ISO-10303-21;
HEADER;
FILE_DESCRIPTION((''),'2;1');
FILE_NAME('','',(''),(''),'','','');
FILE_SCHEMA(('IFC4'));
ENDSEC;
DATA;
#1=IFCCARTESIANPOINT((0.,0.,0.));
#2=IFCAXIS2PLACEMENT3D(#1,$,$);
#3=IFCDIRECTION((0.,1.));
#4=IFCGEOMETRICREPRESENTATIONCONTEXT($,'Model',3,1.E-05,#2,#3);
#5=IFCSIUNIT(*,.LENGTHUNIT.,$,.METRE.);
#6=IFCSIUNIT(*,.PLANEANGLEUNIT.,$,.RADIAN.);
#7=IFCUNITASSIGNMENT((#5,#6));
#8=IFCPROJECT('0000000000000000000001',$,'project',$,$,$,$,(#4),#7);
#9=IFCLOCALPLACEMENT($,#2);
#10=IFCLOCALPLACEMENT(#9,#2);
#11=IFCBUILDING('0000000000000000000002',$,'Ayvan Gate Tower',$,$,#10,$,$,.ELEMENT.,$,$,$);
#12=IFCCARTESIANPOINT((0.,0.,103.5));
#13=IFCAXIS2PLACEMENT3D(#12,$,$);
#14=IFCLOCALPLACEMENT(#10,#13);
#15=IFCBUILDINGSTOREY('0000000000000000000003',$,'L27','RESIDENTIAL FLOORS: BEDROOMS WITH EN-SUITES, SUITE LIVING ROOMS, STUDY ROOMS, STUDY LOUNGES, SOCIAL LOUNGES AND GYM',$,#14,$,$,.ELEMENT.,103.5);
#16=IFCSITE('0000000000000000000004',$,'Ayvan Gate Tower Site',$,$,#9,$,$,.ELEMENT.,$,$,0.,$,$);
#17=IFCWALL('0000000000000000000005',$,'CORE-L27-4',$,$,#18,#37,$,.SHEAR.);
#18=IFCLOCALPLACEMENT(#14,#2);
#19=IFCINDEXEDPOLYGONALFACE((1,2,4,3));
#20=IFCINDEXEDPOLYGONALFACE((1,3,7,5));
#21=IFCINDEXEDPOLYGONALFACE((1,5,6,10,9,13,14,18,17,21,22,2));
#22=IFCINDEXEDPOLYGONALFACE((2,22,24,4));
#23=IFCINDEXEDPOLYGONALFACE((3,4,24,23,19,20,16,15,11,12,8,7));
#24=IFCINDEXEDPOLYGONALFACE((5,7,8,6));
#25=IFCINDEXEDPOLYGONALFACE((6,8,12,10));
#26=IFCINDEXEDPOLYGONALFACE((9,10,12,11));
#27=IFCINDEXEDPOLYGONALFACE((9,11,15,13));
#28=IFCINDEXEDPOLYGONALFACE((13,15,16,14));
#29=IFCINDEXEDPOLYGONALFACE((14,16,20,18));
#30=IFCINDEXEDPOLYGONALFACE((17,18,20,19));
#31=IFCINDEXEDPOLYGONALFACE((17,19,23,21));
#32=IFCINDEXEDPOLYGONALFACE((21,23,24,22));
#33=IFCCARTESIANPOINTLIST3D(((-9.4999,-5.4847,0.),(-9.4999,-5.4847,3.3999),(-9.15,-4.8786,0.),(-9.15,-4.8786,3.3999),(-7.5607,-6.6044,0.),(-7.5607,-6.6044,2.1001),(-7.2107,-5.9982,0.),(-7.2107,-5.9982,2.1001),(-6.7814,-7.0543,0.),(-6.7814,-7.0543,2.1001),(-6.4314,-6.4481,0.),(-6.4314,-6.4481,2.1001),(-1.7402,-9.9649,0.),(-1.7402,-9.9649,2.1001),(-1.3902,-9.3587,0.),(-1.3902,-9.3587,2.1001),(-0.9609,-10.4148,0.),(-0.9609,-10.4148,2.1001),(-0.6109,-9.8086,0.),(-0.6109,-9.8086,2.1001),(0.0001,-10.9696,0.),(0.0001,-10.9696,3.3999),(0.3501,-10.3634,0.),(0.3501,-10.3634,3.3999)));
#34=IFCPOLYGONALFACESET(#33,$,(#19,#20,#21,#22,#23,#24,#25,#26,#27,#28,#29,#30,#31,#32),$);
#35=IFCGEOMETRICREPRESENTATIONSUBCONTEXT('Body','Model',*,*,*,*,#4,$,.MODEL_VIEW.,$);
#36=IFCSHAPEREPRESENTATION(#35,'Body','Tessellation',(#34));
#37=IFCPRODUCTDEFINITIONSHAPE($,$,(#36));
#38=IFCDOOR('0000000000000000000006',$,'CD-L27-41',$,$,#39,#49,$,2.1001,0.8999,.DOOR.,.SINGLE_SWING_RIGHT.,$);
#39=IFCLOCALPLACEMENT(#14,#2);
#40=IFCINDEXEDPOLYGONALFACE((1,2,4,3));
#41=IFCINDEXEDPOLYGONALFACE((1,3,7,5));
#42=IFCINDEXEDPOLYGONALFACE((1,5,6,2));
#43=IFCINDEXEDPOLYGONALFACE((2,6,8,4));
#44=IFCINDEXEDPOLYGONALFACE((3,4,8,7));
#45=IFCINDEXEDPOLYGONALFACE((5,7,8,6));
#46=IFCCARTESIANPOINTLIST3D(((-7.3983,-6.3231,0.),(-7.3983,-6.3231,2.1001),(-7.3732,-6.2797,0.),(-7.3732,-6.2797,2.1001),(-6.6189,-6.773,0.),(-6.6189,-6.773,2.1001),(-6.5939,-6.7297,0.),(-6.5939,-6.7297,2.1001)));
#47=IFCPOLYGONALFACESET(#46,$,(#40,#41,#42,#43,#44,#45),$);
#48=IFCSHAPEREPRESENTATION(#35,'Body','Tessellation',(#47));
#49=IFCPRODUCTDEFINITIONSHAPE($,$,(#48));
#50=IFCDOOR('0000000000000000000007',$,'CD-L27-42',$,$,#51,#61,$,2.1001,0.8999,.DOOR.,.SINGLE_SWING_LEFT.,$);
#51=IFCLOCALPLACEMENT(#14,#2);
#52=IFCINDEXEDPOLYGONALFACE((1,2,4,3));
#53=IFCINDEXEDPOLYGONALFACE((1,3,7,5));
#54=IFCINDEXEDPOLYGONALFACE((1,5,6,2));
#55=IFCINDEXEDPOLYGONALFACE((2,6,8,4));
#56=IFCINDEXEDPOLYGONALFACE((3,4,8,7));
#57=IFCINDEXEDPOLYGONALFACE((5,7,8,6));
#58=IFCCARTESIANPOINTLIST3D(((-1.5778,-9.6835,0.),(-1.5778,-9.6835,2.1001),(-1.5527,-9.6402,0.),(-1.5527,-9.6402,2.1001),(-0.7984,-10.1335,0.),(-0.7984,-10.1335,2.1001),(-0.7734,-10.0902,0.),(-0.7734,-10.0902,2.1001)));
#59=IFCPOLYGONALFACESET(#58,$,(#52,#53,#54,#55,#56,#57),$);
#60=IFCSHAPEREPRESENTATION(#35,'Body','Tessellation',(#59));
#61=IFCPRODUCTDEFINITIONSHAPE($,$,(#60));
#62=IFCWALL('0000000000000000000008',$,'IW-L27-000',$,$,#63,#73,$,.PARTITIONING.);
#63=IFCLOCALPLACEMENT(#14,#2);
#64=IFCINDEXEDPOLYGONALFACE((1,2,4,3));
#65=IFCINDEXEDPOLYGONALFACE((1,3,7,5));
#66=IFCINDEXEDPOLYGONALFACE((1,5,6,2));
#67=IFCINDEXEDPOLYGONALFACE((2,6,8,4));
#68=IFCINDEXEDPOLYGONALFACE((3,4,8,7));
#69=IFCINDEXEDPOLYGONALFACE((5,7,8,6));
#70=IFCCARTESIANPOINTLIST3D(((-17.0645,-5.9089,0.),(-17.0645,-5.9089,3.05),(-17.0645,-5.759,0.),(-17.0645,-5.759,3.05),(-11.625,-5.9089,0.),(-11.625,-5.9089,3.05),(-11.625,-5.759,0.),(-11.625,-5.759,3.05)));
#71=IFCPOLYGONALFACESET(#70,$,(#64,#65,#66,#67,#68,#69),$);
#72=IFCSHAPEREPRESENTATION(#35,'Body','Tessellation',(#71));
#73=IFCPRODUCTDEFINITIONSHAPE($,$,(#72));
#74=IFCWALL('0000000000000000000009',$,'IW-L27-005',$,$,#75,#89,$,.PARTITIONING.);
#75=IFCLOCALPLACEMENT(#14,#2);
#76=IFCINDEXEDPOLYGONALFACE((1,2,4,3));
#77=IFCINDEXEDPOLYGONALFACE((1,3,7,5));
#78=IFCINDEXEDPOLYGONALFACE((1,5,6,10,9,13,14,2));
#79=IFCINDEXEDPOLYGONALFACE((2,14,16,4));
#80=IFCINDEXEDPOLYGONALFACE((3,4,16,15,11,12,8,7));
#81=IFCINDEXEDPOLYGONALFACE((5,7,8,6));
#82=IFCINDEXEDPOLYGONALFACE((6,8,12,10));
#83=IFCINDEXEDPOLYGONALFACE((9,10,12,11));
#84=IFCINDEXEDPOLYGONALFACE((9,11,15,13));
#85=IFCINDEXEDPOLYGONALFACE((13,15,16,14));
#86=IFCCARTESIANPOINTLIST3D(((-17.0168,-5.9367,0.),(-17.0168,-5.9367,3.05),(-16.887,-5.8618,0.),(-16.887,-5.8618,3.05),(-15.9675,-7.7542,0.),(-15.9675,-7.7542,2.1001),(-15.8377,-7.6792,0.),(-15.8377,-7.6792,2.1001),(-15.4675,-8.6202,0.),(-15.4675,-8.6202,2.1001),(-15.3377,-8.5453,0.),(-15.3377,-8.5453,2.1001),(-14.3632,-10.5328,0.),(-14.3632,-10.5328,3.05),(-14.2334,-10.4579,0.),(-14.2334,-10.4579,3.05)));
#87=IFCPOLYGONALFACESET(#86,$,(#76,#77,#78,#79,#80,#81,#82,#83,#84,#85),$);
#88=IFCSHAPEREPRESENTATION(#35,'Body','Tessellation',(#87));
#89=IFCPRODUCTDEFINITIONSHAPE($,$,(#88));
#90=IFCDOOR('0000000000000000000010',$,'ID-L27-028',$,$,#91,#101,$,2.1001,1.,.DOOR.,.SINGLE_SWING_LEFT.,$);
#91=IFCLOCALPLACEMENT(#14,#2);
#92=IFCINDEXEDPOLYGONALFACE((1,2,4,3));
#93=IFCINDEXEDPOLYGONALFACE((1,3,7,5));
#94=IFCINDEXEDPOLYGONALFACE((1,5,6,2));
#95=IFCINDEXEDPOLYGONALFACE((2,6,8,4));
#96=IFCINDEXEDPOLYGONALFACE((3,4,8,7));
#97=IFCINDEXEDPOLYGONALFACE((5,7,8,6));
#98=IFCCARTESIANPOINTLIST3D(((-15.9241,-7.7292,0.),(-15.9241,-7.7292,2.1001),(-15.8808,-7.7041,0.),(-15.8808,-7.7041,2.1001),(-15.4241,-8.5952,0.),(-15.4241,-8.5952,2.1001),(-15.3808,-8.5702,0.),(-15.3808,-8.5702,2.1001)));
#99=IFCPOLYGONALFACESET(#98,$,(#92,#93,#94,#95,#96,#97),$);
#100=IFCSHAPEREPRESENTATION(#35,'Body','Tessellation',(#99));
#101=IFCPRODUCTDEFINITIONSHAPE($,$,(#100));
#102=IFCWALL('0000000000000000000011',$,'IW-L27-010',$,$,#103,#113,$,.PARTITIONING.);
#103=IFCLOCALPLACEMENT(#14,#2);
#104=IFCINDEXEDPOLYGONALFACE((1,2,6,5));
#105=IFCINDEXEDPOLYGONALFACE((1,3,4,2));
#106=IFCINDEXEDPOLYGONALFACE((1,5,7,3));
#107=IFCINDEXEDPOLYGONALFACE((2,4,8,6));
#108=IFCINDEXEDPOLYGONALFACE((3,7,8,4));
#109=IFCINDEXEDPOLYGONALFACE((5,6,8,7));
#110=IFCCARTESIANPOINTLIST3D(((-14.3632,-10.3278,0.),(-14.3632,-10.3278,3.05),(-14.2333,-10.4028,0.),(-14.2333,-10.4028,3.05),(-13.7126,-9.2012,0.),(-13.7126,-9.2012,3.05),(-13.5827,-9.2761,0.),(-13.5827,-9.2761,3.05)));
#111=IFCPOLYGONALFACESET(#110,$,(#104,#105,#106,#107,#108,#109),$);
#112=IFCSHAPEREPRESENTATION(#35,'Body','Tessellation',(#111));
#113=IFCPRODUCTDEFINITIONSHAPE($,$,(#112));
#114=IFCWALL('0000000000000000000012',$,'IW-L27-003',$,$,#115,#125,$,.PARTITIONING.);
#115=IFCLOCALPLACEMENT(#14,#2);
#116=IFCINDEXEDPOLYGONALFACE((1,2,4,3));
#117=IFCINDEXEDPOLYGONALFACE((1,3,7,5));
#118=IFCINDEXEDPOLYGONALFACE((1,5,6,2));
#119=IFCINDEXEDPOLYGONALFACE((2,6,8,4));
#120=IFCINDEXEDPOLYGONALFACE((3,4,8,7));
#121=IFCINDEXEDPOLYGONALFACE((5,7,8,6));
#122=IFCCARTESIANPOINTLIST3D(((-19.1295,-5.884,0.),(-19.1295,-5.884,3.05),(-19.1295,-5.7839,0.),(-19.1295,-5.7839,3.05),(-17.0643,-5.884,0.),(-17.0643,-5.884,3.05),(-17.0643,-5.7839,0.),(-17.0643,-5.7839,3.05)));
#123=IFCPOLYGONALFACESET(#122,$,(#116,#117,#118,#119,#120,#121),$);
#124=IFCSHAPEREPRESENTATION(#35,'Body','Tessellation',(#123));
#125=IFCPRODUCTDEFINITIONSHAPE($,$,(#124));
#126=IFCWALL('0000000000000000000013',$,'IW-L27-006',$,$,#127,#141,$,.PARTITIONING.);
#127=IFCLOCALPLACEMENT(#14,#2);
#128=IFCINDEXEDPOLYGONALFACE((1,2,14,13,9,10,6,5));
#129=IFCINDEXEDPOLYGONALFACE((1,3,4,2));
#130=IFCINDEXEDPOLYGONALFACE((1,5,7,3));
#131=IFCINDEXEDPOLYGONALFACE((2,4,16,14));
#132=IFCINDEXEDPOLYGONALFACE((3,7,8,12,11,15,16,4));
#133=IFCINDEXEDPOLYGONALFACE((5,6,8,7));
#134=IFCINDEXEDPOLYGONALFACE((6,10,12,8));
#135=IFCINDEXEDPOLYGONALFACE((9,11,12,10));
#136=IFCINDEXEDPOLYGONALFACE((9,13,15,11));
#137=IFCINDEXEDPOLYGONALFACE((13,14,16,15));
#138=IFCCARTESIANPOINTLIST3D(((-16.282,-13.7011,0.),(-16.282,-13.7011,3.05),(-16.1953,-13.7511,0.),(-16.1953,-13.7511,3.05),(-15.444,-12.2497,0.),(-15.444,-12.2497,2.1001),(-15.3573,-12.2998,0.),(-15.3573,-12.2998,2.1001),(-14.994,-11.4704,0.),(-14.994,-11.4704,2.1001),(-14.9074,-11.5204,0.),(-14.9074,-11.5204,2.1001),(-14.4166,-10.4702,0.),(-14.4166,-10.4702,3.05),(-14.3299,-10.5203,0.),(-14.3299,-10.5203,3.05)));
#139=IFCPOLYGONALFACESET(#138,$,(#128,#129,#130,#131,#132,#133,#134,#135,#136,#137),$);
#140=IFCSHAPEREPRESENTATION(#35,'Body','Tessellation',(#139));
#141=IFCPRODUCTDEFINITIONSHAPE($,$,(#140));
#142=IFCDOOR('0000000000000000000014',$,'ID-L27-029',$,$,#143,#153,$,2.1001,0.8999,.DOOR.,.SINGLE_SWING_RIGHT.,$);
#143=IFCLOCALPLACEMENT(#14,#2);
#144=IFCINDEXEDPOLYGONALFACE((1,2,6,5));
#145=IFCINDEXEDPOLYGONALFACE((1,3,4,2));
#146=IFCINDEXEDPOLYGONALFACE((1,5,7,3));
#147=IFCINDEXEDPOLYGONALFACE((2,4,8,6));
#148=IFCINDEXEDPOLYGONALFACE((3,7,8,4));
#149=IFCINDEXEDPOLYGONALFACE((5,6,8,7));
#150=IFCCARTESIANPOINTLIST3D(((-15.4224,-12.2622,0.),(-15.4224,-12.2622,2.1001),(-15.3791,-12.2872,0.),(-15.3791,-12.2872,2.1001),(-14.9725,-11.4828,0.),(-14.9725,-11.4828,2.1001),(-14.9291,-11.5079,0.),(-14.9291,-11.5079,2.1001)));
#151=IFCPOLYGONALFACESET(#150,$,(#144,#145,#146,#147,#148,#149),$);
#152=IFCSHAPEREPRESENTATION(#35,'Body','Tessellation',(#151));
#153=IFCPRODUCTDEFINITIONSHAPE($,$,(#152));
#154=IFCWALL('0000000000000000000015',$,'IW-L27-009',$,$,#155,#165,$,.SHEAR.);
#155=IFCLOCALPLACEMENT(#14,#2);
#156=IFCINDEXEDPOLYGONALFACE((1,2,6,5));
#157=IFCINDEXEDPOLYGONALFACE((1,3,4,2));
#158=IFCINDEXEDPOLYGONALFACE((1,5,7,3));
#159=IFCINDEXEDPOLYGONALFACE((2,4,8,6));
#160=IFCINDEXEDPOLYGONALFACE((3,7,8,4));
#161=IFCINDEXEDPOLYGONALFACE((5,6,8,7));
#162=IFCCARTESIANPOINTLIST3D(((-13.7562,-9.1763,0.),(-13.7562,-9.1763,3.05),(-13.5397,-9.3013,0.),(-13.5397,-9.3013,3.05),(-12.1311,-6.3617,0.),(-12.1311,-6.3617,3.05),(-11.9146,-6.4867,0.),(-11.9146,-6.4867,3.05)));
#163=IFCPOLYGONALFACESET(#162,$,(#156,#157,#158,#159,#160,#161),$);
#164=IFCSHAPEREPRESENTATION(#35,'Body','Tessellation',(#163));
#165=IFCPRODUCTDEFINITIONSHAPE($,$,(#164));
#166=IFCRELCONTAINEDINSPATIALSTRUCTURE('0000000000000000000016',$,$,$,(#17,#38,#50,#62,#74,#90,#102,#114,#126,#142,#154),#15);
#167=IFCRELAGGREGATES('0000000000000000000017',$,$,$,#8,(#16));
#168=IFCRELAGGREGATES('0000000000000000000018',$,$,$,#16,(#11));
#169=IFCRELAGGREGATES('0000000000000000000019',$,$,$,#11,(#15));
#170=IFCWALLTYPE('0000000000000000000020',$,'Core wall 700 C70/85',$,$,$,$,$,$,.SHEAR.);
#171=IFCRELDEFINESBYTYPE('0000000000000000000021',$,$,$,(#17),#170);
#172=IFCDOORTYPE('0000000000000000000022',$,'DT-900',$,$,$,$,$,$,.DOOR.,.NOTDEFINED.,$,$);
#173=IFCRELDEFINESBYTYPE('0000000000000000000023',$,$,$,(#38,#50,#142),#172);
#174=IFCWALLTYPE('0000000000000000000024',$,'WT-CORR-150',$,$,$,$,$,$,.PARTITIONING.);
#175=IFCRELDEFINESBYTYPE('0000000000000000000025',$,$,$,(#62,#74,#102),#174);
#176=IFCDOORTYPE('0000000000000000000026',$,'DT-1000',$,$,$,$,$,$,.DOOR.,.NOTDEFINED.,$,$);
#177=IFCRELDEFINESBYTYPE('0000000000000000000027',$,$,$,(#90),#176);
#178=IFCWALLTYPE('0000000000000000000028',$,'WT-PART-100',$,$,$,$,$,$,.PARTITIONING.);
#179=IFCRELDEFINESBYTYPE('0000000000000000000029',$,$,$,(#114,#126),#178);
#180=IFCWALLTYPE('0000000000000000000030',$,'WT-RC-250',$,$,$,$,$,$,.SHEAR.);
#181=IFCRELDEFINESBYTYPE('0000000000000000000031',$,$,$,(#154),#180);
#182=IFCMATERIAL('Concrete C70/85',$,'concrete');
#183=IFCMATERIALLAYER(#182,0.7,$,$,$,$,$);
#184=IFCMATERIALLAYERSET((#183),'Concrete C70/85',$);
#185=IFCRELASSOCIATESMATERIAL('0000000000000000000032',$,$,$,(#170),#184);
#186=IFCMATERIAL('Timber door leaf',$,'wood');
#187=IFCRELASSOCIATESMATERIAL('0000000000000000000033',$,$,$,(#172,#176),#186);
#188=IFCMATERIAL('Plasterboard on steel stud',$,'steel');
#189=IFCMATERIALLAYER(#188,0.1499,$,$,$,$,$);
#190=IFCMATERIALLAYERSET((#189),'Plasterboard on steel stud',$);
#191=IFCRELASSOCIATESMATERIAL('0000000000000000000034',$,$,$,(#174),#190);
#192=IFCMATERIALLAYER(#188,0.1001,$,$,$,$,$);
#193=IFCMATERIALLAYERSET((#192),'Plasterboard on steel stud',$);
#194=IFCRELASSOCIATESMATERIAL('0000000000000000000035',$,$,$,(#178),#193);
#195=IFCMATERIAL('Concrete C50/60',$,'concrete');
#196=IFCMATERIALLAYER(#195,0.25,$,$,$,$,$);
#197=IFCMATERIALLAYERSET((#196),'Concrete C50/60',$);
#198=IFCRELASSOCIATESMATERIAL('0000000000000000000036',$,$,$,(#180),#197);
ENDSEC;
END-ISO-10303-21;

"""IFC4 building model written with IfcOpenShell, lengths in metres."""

from ifc_helpers import new_model, si_unit, direction, frame, frame_2d, origin, place, context, subcontext, project, spatial, rectangle, extrude, material, layer, layer_set, type_object, element, fill, save


model = new_model("IFC4")

# Units and contexts
model_context = context("Model", 3, precision=1e-05, world=origin(), true_north=direction((0.0, 1.0)))
body_context = subcontext(model_context, "Body", "Model", "MODEL_VIEW")
ifc_project = project(units=[si_unit("LENGTHUNIT", "METRE"), si_unit("PLANEANGLEUNIT", "RADIAN")], contexts=[model_context])

# Site, building, storey
site_placement = place(None, origin())
site = spatial("IfcSite", under=ifc_project, at=site_placement, Name="Ayvan Gate Tower Site", CompositionType="ELEMENT", RefElevation=0.0)
building_placement = place(site_placement, origin())
building = spatial("IfcBuilding", under=site, at=building_placement, Name="Ayvan Gate Tower", CompositionType="ELEMENT")
storey_placement = place(building_placement, frame((0.0, 0.0, 103.5)))
storey = spatial("IfcBuildingStorey", under=building, at=storey_placement, Name="L27", Description="RESIDENTIAL FLOORS: BEDROOMS WITH EN-SUITES, SUITE LIVING ROOMS, STUDY ROOMS, STUDY LOUNGES, SOCIAL LOUNGES AND GYM", CompositionType="ELEMENT", Elevation=103.5)

# Wall, openings, doors
ifc_material_1 = material(Name="Concrete C70/85", Category="concrete")
ifc_layer_1 = layer(ifc_material_1, 0.7)
ifc_layer_set_1 = layer_set([ifc_layer_1], Name="Concrete C70/85")
wall_type_1 = type_object("IfcWallType", Name="Core wall 700 C70/85", PredefinedType="SHEAR", material=ifc_layer_set_1)
wall_1_placement = place(storey_placement, frame((-9.325, -5.1816, 0.0), z_axis=(0.0, 0.0, 1.0), x_axis=(0.866024, -0.500002, 0.0)))
wall_1 = element("IfcWall", 1, at=wall_1_placement, inside=storey, type_object=wall_type_1, Name="CORE-L27-4", PredefinedType="SHEAR", context=body_context, shape_type="SweptSolid", body=[
    extrude(rectangle(XDim=10.9697, YDim=0.7, at=frame_2d((5.4849, 0.0))), origin(), (0.0, 0.0, 1.0), 3.3999),
])
opening_1_placement = place(wall_1_placement, frame((2.2393, 0.0, 0.0)))
opening_1 = element("IfcOpeningElement", 2, at=opening_1_placement, cuts=wall_1, PredefinedType="OPENING", context=body_context, shape_type="SweptSolid", body=[
    extrude(rectangle(XDim=0.8999, YDim=2.1001, at=frame_2d((0.45, 1.05))), frame((0.0, 0.3599, 0.0), z_axis=(0.0, -1.0, 0.0), x_axis=(1.0, 0.0, 0.0)), (0.0, 0.0, 1.0), 0.72),
])
opening_2_placement = place(wall_1_placement, frame((8.9602, 0.0, 0.0)))
opening_2 = element("IfcOpeningElement", 3, at=opening_2_placement, cuts=wall_1, PredefinedType="OPENING", context=body_context, shape_type="SweptSolid", body=[
    extrude(rectangle(XDim=0.8999, YDim=2.1001, at=frame_2d((0.45, 1.05))), frame((0.0, 0.3599, 0.0), z_axis=(0.0, -1.0, 0.0), x_axis=(1.0, 0.0, 0.0)), (0.0, 0.0, 1.0), 0.72),
])
ifc_material_2 = material(Name="Timber door leaf", Category="wood")
door_type_1 = type_object("IfcDoorType", Name="DT-900", OperationType="NOTDEFINED", PredefinedType="DOOR", material=ifc_material_2)
door_1_placement = place(opening_1_placement, origin())
door_1 = element("IfcDoor", 4, at=door_1_placement, inside=storey, type_object=door_type_1, Name="CD-L27-41", OperationType="SINGLE_SWING_RIGHT", OverallHeight=2.1001, OverallWidth=0.8999, PredefinedType="DOOR", context=body_context, shape_type="SweptSolid", body=[
    extrude(rectangle(XDim=0.8999, YDim=2.1001, at=frame_2d((0.45, 1.05))), frame((0.0, 0.0249, 0.0), z_axis=(0.0, -1.0, 0.0), x_axis=(1.0, 0.0, 0.0)), (0.0, 0.0, 1.0), 0.05),
])
fill(opening_1, door_1)
door_2_placement = place(opening_2_placement, origin())
door_2 = element("IfcDoor", 5, at=door_2_placement, inside=storey, type_object=door_type_1, Name="CD-L27-42", OperationType="SINGLE_SWING_LEFT", OverallHeight=2.1001, OverallWidth=0.8999, PredefinedType="DOOR", context=body_context, shape_type="SweptSolid", body=[
    extrude(rectangle(XDim=0.8999, YDim=2.1001, at=frame_2d((0.45, 1.05))), frame((0.0, 0.0249, 0.0), z_axis=(0.0, -1.0, 0.0), x_axis=(1.0, 0.0, 0.0)), (0.0, 0.0, 1.0), 0.05),
])
fill(opening_2, door_2)

# Wall
ifc_material_3 = material(Name="Plasterboard on steel stud", Category="steel")
ifc_layer_2 = layer(ifc_material_3, 0.1499)
ifc_layer_set_2 = layer_set([ifc_layer_2], Name="Plasterboard on steel stud")
wall_type_2 = type_object("IfcWallType", Name="WT-CORR-150", PredefinedType="PARTITIONING", material=ifc_layer_set_2)
wall_2_placement = place(storey_placement, frame((-17.0645, -5.834, 0.0), z_axis=(0.0, 0.0, 1.0), x_axis=(1.0, 0.0, 0.0)))
element("IfcWall", 6, at=wall_2_placement, inside=storey, type_object=wall_type_2, Name="IW-L27-000", PredefinedType="PARTITIONING", context=body_context, shape_type="SweptSolid", body=[
    extrude(rectangle(XDim=5.4395, YDim=0.1499, at=frame_2d((2.7197, 0.0))), origin(), (0.0, 0.0, 1.0), 3.05),
])

# Wall, opening, door
wall_3_placement = place(storey_placement, frame((-14.2983, -10.4954, 0.0), z_axis=(0.0, 0.0, 1.0), x_axis=(-0.499993, 0.866029, 0.0)))
wall_3 = element("IfcWall", 7, at=wall_3_placement, inside=storey, type_object=wall_type_2, Name="IW-L27-005", PredefinedType="PARTITIONING", context=body_context, shape_type="SweptSolid", body=[
    extrude(rectangle(XDim=5.3071, YDim=0.1499, at=frame_2d((2.6536, 0.0))), origin(), (0.0, 0.0, 1.0), 3.05),
])
opening_3_placement = place(wall_3_placement, frame((2.2085, 0.0, 0.0)))
opening_3 = element("IfcOpeningElement", 8, at=opening_3_placement, cuts=wall_3, PredefinedType="OPENING", context=body_context, shape_type="SweptSolid", body=[
    extrude(rectangle(XDim=1.0, YDim=2.1001, at=frame_2d((0.5, 1.05))), frame((0.0, 0.085, 0.0), z_axis=(0.0, -1.0, 0.0), x_axis=(1.0, 0.0, 0.0)), (0.0, 0.0, 1.0), 0.1699),
])
door_type_2 = type_object("IfcDoorType", Name="DT-1000", OperationType="NOTDEFINED", PredefinedType="DOOR", material=ifc_material_2)
door_3_placement = place(opening_3_placement, origin())
door_3 = element("IfcDoor", 9, at=door_3_placement, inside=storey, type_object=door_type_2, Name="ID-L27-028", OperationType="SINGLE_SWING_LEFT", OverallHeight=2.1001, OverallWidth=1.0, PredefinedType="DOOR", context=body_context, shape_type="SweptSolid", body=[
    extrude(rectangle(XDim=1.0, YDim=2.1001, at=frame_2d((0.5, 1.05))), frame((0.0, 0.0249, 0.0), z_axis=(0.0, -1.0, 0.0), x_axis=(1.0, 0.0, 0.0)), (0.0, 0.0, 1.0), 0.05),
])
fill(opening_3, door_3)

# Walls
wall_4_placement = place(storey_placement, frame((-13.6477, -9.2388, 0.0), z_axis=(0.0, 0.0, 1.0), x_axis=(-0.500074, -0.865982, 0.0)))
element("IfcWall", 10, at=wall_4_placement, inside=storey, type_object=wall_type_2, Name="IW-L27-010", PredefinedType="PARTITIONING", context=body_context, shape_type="SweptSolid", body=[
    extrude(rectangle(XDim=1.301, YDim=0.1499, at=frame_2d((0.6504, 0.0))), origin(), (0.0, 0.0, 1.0), 3.05),
])
ifc_layer_3 = layer(ifc_material_3, 0.1001)
ifc_layer_set_3 = layer_set([ifc_layer_3], Name="Plasterboard on steel stud")
wall_type_3 = type_object("IfcWallType", Name="WT-PART-100", PredefinedType="PARTITIONING", material=ifc_layer_set_3)
wall_5_placement = place(storey_placement, frame((-17.0642, -5.834, 0.0), z_axis=(0.0, 0.0, 1.0), x_axis=(-1.0, 0.0, 0.0)))
element("IfcWall", 11, at=wall_5_placement, inside=storey, type_object=wall_type_3, Name="IW-L27-003", PredefinedType="PARTITIONING", context=body_context, shape_type="SweptSolid", body=[
    extrude(rectangle(XDim=2.0652, YDim=0.1001, at=frame_2d((1.0327, 0.0))), origin(), (0.0, 0.0, 1.0), 3.05),
])

# Wall, opening, door
wall_6_placement = place(storey_placement, frame((-14.3733, -10.4954, 0.0), z_axis=(0.0, 0.0, 1.0), x_axis=(-0.500017, -0.866016, 0.0)))
wall_6 = element("IfcWall", 12, at=wall_6_placement, inside=storey, type_object=wall_type_3, Name="IW-L27-006", PredefinedType="PARTITIONING", context=body_context, shape_type="SweptSolid", body=[
    extrude(rectangle(XDim=3.7307, YDim=0.1001, at=frame_2d((1.8652, 0.0))), origin(), (0.0, 0.0, 1.0), 3.05),
])
opening_4_placement = place(wall_6_placement, frame((1.1548, 0.0, 0.0)))
opening_4 = element("IfcOpeningElement", 13, at=opening_4_placement, cuts=wall_6, PredefinedType="OPENING", context=body_context, shape_type="SweptSolid", body=[
    extrude(rectangle(XDim=0.8999, YDim=2.1001, at=frame_2d((0.45, 1.05))), frame((0.0, 0.0601, 0.0), z_axis=(0.0, -1.0, 0.0), x_axis=(1.0, 0.0, 0.0)), (0.0, 0.0, 1.0), 0.1201),
])
door_4_placement = place(opening_4_placement, origin())
door_4 = element("IfcDoor", 14, at=door_4_placement, inside=storey, type_object=door_type_1, Name="ID-L27-029", OperationType="SINGLE_SWING_RIGHT", OverallHeight=2.1001, OverallWidth=0.8999, PredefinedType="DOOR", context=body_context, shape_type="SweptSolid", body=[
    extrude(rectangle(XDim=0.8999, YDim=2.1001, at=frame_2d((0.45, 1.05))), frame((0.0, 0.0249, 0.0), z_axis=(0.0, -1.0, 0.0), x_axis=(1.0, 0.0, 0.0)), (0.0, 0.0, 1.0), 0.05),
])
fill(opening_4, door_4)

# Wall
ifc_material_4 = material(Name="Concrete C50/60", Category="concrete")
ifc_layer_4 = layer(ifc_material_4, 0.25)
ifc_layer_set_4 = layer_set([ifc_layer_4], Name="Concrete C50/60")
wall_type_4 = type_object("IfcWallType", Name="WT-RC-250", PredefinedType="SHEAR", material=ifc_layer_set_4)
wall_7_placement = place(storey_placement, frame((-13.6479, -9.2388, 0.0), z_axis=(0.0, 0.0, 1.0), x_axis=(0.500017, 0.866015, 0.0)))
element("IfcWall", 15, at=wall_7_placement, inside=storey, type_object=wall_type_4, Name="IW-L27-009", PredefinedType="SHEAR", context=body_context, shape_type="SweptSolid", body=[
    extrude(rectangle(XDim=3.25, YDim=0.25, at=frame_2d((1.625, 0.0))), origin(), (0.0, 0.0, 1.0), 3.05),
])

save(model, "model.ifc")
